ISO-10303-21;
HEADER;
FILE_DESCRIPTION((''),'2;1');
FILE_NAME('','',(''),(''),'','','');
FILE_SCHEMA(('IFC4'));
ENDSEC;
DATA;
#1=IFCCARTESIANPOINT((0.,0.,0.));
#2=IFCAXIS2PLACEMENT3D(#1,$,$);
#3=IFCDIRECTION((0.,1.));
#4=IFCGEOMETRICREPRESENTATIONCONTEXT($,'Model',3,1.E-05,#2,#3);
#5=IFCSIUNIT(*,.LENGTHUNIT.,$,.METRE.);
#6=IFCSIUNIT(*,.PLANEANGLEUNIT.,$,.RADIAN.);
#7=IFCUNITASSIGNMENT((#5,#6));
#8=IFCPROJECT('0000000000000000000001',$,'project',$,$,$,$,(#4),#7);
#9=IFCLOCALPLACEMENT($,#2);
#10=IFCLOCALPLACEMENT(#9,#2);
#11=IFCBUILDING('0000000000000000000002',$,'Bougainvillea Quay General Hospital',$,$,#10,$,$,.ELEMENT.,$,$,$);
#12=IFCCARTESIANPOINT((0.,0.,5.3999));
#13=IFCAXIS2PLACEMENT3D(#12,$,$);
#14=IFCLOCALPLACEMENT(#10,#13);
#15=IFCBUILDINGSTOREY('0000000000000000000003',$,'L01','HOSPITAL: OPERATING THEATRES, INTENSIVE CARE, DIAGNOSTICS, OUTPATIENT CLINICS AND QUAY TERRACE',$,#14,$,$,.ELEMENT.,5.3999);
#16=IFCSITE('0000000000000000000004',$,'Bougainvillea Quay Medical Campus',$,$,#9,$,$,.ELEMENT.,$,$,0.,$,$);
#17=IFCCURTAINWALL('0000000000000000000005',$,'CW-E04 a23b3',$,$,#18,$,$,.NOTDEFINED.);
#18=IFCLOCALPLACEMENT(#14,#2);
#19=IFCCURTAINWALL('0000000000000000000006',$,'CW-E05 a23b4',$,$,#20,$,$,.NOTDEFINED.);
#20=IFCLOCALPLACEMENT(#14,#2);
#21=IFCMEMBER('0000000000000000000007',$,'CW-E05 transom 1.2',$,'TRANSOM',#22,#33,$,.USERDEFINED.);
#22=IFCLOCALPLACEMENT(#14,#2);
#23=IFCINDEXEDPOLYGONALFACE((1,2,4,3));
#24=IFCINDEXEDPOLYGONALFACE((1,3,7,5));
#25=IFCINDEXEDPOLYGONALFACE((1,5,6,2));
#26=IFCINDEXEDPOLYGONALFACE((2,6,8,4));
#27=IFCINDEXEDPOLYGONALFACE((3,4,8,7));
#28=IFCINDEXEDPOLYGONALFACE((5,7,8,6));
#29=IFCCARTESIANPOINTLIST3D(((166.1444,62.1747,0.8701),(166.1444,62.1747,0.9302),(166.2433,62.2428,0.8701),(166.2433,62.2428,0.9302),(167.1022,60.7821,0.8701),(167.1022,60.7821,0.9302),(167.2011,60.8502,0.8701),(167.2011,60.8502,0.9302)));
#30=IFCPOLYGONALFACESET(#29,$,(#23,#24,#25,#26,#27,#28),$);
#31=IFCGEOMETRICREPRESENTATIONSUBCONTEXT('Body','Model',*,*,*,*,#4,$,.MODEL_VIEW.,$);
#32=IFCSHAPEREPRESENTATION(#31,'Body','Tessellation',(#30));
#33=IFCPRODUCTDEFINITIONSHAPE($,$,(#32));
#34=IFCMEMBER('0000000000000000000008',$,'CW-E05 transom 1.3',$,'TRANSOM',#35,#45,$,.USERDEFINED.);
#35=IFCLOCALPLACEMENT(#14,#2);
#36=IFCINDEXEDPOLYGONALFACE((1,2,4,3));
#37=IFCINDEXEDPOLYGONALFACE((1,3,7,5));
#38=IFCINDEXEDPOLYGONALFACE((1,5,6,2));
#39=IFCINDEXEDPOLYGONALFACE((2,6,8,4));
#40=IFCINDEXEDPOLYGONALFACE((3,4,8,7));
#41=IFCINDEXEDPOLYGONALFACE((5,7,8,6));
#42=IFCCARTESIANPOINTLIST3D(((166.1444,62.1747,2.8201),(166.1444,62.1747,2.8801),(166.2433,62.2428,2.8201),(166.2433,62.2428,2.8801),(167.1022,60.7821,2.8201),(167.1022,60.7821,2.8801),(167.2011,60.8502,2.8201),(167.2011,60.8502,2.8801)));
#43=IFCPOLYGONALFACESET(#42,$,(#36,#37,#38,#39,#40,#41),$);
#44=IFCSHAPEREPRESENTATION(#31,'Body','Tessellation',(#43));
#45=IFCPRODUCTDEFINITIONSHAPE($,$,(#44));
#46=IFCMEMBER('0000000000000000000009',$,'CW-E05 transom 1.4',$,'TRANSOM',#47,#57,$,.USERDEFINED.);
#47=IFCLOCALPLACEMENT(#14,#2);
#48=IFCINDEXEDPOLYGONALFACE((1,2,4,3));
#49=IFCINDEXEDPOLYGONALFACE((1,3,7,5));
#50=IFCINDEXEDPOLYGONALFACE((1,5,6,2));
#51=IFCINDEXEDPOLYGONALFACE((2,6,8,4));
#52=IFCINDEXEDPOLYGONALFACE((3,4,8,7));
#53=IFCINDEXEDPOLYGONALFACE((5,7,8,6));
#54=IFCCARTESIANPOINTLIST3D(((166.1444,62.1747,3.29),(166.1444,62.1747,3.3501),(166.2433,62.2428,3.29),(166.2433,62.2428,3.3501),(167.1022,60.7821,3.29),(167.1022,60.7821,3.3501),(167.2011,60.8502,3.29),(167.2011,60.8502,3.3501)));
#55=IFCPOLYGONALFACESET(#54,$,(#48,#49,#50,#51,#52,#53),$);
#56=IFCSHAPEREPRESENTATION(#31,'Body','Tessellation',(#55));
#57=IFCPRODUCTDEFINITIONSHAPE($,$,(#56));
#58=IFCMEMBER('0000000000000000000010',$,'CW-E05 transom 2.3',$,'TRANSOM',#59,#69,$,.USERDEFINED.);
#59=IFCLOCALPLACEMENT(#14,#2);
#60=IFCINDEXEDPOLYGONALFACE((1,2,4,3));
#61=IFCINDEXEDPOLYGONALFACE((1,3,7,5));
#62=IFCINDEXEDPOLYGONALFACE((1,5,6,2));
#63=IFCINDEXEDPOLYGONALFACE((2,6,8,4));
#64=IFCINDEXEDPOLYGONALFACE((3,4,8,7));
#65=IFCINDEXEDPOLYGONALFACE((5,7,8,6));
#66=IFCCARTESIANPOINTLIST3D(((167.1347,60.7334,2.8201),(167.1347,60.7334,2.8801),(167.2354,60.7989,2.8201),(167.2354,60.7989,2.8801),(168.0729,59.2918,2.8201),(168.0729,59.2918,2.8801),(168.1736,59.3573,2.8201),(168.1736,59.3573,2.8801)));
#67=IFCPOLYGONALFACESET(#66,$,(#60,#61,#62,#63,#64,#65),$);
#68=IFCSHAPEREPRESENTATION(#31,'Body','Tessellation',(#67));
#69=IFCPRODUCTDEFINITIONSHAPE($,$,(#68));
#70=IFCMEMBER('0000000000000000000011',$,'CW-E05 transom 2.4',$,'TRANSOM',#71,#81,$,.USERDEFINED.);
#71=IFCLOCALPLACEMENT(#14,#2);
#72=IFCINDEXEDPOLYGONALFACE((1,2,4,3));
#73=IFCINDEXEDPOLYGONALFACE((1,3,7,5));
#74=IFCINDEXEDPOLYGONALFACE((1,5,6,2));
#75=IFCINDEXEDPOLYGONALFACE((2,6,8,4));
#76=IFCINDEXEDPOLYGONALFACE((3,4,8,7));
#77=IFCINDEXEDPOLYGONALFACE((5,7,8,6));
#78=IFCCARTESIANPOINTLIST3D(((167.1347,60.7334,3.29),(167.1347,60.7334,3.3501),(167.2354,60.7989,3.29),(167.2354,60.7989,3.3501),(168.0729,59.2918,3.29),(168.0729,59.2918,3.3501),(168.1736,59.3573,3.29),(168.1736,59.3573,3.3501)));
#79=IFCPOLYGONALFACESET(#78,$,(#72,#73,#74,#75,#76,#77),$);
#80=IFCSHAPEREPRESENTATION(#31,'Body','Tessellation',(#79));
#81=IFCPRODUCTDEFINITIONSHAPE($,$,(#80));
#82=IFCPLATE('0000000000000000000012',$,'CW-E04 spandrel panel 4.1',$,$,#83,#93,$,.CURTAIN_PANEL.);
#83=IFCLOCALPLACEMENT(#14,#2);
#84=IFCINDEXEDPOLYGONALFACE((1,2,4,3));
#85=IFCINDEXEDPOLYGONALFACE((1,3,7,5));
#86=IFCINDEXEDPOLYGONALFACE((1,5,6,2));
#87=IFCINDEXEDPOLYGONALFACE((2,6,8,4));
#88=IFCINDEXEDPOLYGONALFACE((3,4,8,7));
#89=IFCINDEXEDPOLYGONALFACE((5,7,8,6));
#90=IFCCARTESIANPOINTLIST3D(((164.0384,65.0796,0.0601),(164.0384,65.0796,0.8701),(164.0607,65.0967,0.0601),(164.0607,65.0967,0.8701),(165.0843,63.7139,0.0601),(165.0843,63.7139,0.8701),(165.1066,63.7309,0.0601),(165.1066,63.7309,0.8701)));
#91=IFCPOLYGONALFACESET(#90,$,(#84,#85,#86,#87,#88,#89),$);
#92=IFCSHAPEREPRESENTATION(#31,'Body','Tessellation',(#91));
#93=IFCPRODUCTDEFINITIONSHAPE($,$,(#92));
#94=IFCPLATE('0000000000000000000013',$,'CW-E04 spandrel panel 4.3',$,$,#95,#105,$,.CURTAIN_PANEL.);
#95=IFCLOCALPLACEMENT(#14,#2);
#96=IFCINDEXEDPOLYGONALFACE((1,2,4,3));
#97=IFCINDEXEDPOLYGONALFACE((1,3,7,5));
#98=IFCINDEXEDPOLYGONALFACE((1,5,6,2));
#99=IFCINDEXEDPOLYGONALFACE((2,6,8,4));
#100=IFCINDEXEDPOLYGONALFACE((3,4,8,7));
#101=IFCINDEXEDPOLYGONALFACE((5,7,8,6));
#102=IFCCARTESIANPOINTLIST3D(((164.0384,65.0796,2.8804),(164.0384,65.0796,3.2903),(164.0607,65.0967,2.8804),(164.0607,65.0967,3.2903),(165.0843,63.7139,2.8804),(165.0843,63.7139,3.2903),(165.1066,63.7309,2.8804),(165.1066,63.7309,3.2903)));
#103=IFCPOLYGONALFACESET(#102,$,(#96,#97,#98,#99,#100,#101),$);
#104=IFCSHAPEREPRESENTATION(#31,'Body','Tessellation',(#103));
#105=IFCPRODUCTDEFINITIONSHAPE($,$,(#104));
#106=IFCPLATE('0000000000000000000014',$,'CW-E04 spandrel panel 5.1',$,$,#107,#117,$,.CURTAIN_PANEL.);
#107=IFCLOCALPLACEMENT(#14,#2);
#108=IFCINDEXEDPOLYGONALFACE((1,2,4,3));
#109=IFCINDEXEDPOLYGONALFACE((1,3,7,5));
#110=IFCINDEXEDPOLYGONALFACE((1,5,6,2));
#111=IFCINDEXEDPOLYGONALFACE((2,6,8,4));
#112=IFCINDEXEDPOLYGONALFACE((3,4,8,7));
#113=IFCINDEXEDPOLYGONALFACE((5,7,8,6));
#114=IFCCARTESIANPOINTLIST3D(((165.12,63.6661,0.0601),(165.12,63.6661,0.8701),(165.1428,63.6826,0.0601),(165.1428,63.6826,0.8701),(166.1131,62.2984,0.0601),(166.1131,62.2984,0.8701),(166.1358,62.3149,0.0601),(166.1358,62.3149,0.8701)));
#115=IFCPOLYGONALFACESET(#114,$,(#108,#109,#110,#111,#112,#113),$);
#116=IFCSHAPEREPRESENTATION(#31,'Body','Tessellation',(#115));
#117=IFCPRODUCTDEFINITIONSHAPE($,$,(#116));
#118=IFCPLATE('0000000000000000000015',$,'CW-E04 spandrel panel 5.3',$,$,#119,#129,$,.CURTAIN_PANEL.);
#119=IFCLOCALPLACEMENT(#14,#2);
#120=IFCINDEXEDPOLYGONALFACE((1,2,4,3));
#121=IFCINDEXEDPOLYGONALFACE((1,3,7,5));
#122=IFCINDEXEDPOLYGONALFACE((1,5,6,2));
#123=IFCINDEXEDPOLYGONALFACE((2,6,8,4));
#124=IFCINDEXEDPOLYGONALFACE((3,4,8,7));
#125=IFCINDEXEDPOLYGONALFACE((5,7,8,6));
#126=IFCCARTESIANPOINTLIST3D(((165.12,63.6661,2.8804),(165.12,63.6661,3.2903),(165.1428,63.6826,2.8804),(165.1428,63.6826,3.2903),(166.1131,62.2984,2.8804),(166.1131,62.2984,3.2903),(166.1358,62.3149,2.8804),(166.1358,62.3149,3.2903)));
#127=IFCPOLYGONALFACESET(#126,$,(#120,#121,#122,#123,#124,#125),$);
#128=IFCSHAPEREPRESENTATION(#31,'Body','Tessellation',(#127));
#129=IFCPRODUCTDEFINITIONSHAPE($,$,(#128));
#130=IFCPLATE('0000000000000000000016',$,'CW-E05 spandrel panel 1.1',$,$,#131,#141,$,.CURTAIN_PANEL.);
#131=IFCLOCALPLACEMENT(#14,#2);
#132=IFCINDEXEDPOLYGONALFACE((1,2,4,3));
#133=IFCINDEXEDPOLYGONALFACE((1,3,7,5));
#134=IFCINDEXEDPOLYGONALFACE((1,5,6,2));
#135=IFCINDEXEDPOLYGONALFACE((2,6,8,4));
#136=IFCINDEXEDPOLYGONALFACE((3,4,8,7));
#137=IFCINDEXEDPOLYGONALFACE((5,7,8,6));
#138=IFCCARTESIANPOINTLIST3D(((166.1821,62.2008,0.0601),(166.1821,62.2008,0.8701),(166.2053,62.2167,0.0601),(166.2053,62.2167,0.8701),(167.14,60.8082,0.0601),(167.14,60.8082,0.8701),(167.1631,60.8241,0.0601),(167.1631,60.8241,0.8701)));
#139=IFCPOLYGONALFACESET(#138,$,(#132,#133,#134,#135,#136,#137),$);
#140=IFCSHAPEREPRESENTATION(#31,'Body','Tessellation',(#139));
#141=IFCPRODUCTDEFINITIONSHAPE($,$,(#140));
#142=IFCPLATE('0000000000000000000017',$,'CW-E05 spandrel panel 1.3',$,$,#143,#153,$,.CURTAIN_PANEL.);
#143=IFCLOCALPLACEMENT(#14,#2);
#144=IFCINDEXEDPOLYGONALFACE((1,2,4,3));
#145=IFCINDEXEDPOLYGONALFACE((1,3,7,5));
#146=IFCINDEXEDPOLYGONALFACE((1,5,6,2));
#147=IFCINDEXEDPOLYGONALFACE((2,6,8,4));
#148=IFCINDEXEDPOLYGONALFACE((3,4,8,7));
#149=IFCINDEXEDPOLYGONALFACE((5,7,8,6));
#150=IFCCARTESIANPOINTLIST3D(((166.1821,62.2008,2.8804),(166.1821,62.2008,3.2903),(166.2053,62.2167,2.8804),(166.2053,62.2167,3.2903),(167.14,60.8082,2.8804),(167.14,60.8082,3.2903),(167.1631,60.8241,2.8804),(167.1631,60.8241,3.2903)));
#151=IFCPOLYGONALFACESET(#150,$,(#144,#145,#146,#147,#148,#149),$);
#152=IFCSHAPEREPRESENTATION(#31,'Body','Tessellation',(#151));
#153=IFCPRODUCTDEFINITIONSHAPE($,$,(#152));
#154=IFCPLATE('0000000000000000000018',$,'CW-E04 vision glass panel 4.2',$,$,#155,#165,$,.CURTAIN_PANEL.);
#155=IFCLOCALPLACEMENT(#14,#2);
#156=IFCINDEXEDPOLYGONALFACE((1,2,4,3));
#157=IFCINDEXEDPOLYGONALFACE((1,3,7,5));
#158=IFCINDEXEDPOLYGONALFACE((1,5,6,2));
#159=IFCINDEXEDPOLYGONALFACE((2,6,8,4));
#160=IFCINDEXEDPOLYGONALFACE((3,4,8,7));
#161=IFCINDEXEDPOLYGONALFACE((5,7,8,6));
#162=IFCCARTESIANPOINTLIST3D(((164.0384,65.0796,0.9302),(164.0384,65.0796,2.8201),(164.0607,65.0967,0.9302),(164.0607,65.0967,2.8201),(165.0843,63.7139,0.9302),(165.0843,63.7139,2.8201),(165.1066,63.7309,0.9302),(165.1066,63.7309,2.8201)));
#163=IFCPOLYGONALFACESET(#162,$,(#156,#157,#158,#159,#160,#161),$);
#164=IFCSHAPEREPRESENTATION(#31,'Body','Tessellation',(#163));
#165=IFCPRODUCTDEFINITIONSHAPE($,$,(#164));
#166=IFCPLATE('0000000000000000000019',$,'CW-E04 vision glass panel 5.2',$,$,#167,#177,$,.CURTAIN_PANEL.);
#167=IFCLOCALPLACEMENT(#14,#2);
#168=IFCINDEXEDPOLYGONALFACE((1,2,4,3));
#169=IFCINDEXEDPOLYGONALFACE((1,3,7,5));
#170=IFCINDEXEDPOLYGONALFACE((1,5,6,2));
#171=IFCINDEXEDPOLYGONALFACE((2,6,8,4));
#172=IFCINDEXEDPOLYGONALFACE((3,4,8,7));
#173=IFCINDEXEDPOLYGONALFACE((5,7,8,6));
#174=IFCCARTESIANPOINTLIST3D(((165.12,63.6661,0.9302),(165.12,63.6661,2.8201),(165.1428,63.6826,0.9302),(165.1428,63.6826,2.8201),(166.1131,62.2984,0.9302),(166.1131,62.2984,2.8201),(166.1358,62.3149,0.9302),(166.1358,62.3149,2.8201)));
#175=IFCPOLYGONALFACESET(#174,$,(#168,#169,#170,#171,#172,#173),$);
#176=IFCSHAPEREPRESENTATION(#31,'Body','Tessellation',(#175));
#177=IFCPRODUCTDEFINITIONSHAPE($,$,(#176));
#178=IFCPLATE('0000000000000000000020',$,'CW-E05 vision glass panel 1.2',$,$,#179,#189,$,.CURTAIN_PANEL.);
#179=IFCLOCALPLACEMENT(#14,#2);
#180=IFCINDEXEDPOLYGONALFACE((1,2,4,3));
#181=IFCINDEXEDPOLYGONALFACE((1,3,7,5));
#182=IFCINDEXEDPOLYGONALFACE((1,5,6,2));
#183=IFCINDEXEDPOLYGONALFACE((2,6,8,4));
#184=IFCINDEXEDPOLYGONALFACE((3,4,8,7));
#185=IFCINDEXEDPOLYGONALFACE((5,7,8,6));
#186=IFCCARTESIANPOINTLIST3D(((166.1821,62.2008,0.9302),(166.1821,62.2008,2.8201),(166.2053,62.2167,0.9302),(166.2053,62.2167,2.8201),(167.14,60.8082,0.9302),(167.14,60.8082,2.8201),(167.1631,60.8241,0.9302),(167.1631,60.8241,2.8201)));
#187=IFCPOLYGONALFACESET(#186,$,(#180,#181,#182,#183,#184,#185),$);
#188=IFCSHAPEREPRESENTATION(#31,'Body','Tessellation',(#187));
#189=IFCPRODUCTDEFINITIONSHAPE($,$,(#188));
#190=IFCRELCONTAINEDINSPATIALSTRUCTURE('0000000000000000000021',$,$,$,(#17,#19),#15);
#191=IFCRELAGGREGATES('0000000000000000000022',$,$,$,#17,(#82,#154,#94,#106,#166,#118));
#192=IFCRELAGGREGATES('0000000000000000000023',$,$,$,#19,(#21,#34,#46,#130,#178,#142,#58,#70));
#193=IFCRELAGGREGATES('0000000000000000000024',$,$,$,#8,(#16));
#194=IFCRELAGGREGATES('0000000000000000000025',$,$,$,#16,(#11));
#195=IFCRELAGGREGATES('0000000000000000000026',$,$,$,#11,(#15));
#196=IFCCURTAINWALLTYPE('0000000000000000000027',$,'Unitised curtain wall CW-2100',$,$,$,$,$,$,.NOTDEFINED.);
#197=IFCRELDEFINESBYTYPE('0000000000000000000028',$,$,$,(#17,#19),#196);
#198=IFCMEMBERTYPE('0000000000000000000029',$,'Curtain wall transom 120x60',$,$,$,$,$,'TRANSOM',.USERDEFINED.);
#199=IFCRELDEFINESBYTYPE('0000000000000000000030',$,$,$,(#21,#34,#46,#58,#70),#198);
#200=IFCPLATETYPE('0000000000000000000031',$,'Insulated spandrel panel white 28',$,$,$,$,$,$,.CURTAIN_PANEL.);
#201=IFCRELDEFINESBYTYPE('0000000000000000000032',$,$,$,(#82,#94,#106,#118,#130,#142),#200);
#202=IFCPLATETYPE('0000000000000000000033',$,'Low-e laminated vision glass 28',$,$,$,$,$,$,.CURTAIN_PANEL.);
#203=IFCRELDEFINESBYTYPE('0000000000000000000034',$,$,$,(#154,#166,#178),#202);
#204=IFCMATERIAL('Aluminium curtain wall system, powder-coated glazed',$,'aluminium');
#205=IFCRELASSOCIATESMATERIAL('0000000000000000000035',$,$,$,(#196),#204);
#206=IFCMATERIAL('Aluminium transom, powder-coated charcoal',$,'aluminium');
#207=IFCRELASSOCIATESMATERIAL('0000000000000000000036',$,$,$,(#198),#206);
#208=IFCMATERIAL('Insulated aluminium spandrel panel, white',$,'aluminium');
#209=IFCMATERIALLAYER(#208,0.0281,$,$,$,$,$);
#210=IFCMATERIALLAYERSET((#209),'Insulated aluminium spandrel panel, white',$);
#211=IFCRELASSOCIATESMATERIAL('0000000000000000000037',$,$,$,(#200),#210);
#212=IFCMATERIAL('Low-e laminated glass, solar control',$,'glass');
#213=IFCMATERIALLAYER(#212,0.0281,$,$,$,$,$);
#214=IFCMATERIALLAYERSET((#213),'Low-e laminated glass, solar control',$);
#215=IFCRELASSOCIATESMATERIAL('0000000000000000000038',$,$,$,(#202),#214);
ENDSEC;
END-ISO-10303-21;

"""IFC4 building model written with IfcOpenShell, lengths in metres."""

from ifc_helpers import new_model, si_unit, direction, frame, origin, origin_2d, place, context, subcontext, project, spatial, rectangle, extrude, material, layer, layer_set, material_profile, profile_set, type_object, element, aggregate, save


model = new_model("IFC4")

# Units and contexts
model_context = context("Model", 3, precision=1e-05, world=origin(), true_north=direction((0.0, 1.0)))
body_context = subcontext(model_context, "Body", "Model", "MODEL_VIEW")
ifc_project = project(units=[si_unit("LENGTHUNIT", "METRE"), si_unit("PLANEANGLEUNIT", "RADIAN")], contexts=[model_context])

# Site, building, storey
site_placement = place(None, origin())
site = spatial("IfcSite", under=ifc_project, at=site_placement, Name="Bougainvillea Quay Medical Campus", CompositionType="ELEMENT", RefElevation=0.0)
building_placement = place(site_placement, origin())
building = spatial("IfcBuilding", under=site, at=building_placement, Name="Bougainvillea Quay General Hospital", CompositionType="ELEMENT")
storey_placement = place(building_placement, frame((0.0, 0.0, 5.3999)))
storey = spatial("IfcBuildingStorey", under=building, at=storey_placement, Name="L01", Description="HOSPITAL: OPERATING THEATRES, INTENSIVE CARE, DIAGNOSTICS, OUTPATIENT CLINICS AND QUAY TERRACE", CompositionType="ELEMENT", Elevation=5.3999)

# Curtain walls
ifc_material_1 = material(Name="Aluminium curtain wall system, powder-coated glazed", Category="aluminium")
curtain_wall_type = type_object("IfcCurtainWallType", Name="Unitised curtain wall CW-2100", PredefinedType="NOTDEFINED", material=ifc_material_1)
curtain_wall_1_placement = place(storey_placement, origin())
curtain_wall_1 = element("IfcCurtainWall", 1, at=curtain_wall_1_placement, inside=storey, type_object=curtain_wall_type, Name="CW-E04 a23b3", PredefinedType="NOTDEFINED")
curtain_wall_2_placement = place(storey_placement, origin())
curtain_wall_2 = element("IfcCurtainWall", 2, at=curtain_wall_2_placement, inside=storey, type_object=curtain_wall_type, Name="CW-E05 a23b4", PredefinedType="NOTDEFINED")

# Members
ifc_material_2 = material(Name="Aluminium transom, powder-coated charcoal", Category="aluminium")
ifc_material_profile_1 = material_profile(ifc_material_2, rectangle(XDim=0.1201, YDim=0.0601, at=origin_2d()))
ifc_profile_set_1 = profile_set([ifc_material_profile_1], Name="Aluminium transom, powder-coated charcoal")
member_type_1 = type_object("IfcMemberType", Name="Curtain wall transom 120x60", ElementType="TRANSOM", PredefinedType="USERDEFINED", material=ifc_profile_set_1)
member_1_placement = place(storey_placement, frame((166.1938, 62.2087, 0.9001), z_axis=(0.566676, -0.823941, 0.0), x_axis=(0.823941, 0.566676, 0.0)))
member_1 = element("IfcMember", 3, at=member_1_placement, type_object=member_type_1, Name="CW-E05 transom 1.2", ObjectType="TRANSOM", PredefinedType="USERDEFINED", context=body_context, shape_type="SweptSolid", body=[
    extrude(rectangle(XDim=0.1201, YDim=0.0601, at=origin_2d()), origin(), (0.0, 0.0, 1.0), 1.6902),
])
member_2_placement = place(storey_placement, frame((166.1938, 62.2087, 2.8501), z_axis=(0.566676, -0.823941, 0.0), x_axis=(0.823941, 0.566676, 0.0)))
member_2 = element("IfcMember", 4, at=member_2_placement, type_object=member_type_1, Name="CW-E05 transom 1.3", ObjectType="TRANSOM", PredefinedType="USERDEFINED", context=body_context, shape_type="SweptSolid", body=[
    extrude(rectangle(XDim=0.1201, YDim=0.0601, at=origin_2d()), origin(), (0.0, 0.0, 1.0), 1.6902),
])
member_3_placement = place(storey_placement, frame((166.1938, 62.2087, 3.3201), z_axis=(0.566676, -0.823941, 0.0), x_axis=(0.823941, 0.566676, 0.0)))
member_3 = element("IfcMember", 5, at=member_3_placement, type_object=member_type_1, Name="CW-E05 transom 1.4", ObjectType="TRANSOM", PredefinedType="USERDEFINED", context=body_context, shape_type="SweptSolid", body=[
    extrude(rectangle(XDim=0.1201, YDim=0.0601, at=origin_2d()), origin(), (0.0, 0.0, 1.0), 1.6902),
])
member_4_placement = place(storey_placement, frame((167.1851, 60.7661, 2.8501), z_axis=(0.545462, -0.838135, 0.0), x_axis=(0.838135, 0.545462, 0.0)))
member_4 = element("IfcMember", 6, at=member_4_placement, type_object=member_type_1, Name="CW-E05 transom 2.3", ObjectType="TRANSOM", PredefinedType="USERDEFINED", context=body_context, shape_type="SweptSolid", body=[
    extrude(rectangle(XDim=0.1201, YDim=0.0601, at=origin_2d()), origin(), (0.0, 0.0, 1.0), 1.72),
])
member_5_placement = place(storey_placement, frame((167.1851, 60.7661, 3.3201), z_axis=(0.545462, -0.838135, 0.0), x_axis=(0.838135, 0.545462, 0.0)))
member_5 = element("IfcMember", 7, at=member_5_placement, type_object=member_type_1, Name="CW-E05 transom 2.4", ObjectType="TRANSOM", PredefinedType="USERDEFINED", context=body_context, shape_type="SweptSolid", body=[
    extrude(rectangle(XDim=0.1201, YDim=0.0601, at=origin_2d()), origin(), (0.0, 0.0, 1.0), 1.72),
])

# Plates
ifc_material_3 = material(Name="Insulated aluminium spandrel panel, white", Category="aluminium")
ifc_layer_1 = layer(ifc_material_3, 0.0281)
ifc_layer_set_1 = layer_set([ifc_layer_1], Name="Insulated aluminium spandrel panel, white")
plate_type_1 = type_object("IfcPlateType", Name="Insulated spandrel panel white 28", PredefinedType="CURTAIN_PANEL", material=ifc_layer_set_1)
plate_1_placement = place(storey_placement, frame((164.5725, 64.4053, 0.0601), z_axis=(0.0, 0.0, 1.0), x_axis=(0.608008, -0.793931, 0.0)))
plate_1 = element("IfcPlate", 8, at=plate_1_placement, type_object=plate_type_1, Name="CW-E04 spandrel panel 4.1", PredefinedType="CURTAIN_PANEL", context=body_context, shape_type="SweptSolid", body=[
    extrude(rectangle(XDim=1.7202, YDim=0.0281, at=origin_2d()), origin(), (0.0, 0.0, 1.0), 0.8101),
])
plate_2_placement = place(storey_placement, frame((164.5725, 64.4053, 2.8804), z_axis=(0.0, 0.0, 1.0), x_axis=(0.608008, -0.793931, 0.0)))
plate_2 = element("IfcPlate", 9, at=plate_2_placement, type_object=plate_type_1, Name="CW-E04 spandrel panel 4.3", PredefinedType="CURTAIN_PANEL", context=body_context, shape_type="SweptSolid", body=[
    extrude(rectangle(XDim=1.7202, YDim=0.0281, at=origin_2d()), origin(), (0.0, 0.0, 1.0), 0.4099),
])
plate_3_placement = place(storey_placement, frame((165.6279, 62.9905, 0.0601), z_axis=(0.0, 0.0, 1.0), x_axis=(0.587548, -0.809189, 0.0)))
plate_3 = element("IfcPlate", 10, at=plate_3_placement, type_object=plate_type_1, Name="CW-E04 spandrel panel 5.1", PredefinedType="CURTAIN_PANEL", context=body_context, shape_type="SweptSolid", body=[
    extrude(rectangle(XDim=1.6902, YDim=0.0281, at=origin_2d()), origin(), (0.0, 0.0, 1.0), 0.8101),
])
plate_4_placement = place(storey_placement, frame((165.6279, 62.9905, 2.8804), z_axis=(0.0, 0.0, 1.0), x_axis=(0.587548, -0.809189, 0.0)))
plate_4 = element("IfcPlate", 11, at=plate_4_placement, type_object=plate_type_1, Name="CW-E04 spandrel panel 5.3", PredefinedType="CURTAIN_PANEL", context=body_context, shape_type="SweptSolid", body=[
    extrude(rectangle(XDim=1.6902, YDim=0.0281, at=origin_2d()), origin(), (0.0, 0.0, 1.0), 0.4099),
])
plate_5_placement = place(storey_placement, frame((166.6726, 61.5125, 0.0601), z_axis=(0.0, 0.0, 1.0), x_axis=(0.566705, -0.823921, 0.0)))
plate_5 = element("IfcPlate", 12, at=plate_5_placement, type_object=plate_type_1, Name="CW-E05 spandrel panel 1.1", PredefinedType="CURTAIN_PANEL", context=body_context, shape_type="SweptSolid", body=[
    extrude(rectangle(XDim=1.6902, YDim=0.0281, at=origin_2d()), origin(), (0.0, 0.0, 1.0), 0.8101),
])
plate_6_placement = place(storey_placement, frame((166.6726, 61.5125, 2.8804), z_axis=(0.0, 0.0, 1.0), x_axis=(0.566705, -0.823921, 0.0)))
plate_6 = element("IfcPlate", 13, at=plate_6_placement, type_object=plate_type_1, Name="CW-E05 spandrel panel 1.3", PredefinedType="CURTAIN_PANEL", context=body_context, shape_type="SweptSolid", body=[
    extrude(rectangle(XDim=1.6902, YDim=0.0281, at=origin_2d()), origin(), (0.0, 0.0, 1.0), 0.4099),
])
ifc_material_4 = material(Name="Low-e laminated glass, solar control", Category="glass")
ifc_layer_2 = layer(ifc_material_4, 0.0281)
ifc_layer_set_2 = layer_set([ifc_layer_2], Name="Low-e laminated glass, solar control")
plate_type_2 = type_object("IfcPlateType", Name="Low-e laminated vision glass 28", PredefinedType="CURTAIN_PANEL", material=ifc_layer_set_2)
plate_7_placement = place(storey_placement, frame((164.5725, 64.4053, 0.9302), z_axis=(0.0, 0.0, 1.0), x_axis=(0.608008, -0.793931, 0.0)))
plate_7 = element("IfcPlate", 14, at=plate_7_placement, type_object=plate_type_2, Name="CW-E04 vision glass panel 4.2", PredefinedType="CURTAIN_PANEL", context=body_context, shape_type="SweptSolid", body=[
    extrude(rectangle(XDim=1.7202, YDim=0.0281, at=origin_2d()), origin(), (0.0, 0.0, 1.0), 1.8899),
])
plate_8_placement = place(storey_placement, frame((165.6279, 62.9905, 0.9302), z_axis=(0.0, 0.0, 1.0), x_axis=(0.587548, -0.809189, 0.0)))
plate_8 = element("IfcPlate", 15, at=plate_8_placement, type_object=plate_type_2, Name="CW-E04 vision glass panel 5.2", PredefinedType="CURTAIN_PANEL", context=body_context, shape_type="SweptSolid", body=[
    extrude(rectangle(XDim=1.6902, YDim=0.0281, at=origin_2d()), origin(), (0.0, 0.0, 1.0), 1.8899),
])
aggregate(curtain_wall_1, [plate_1, plate_7, plate_2, plate_3, plate_8, plate_4])
plate_9_placement = place(storey_placement, frame((166.6726, 61.5125, 0.9302), z_axis=(0.0, 0.0, 1.0), x_axis=(0.566705, -0.823921, 0.0)))
plate_9 = element("IfcPlate", 16, at=plate_9_placement, type_object=plate_type_2, Name="CW-E05 vision glass panel 1.2", PredefinedType="CURTAIN_PANEL", context=body_context, shape_type="SweptSolid", body=[
    extrude(rectangle(XDim=1.6902, YDim=0.0281, at=origin_2d()), origin(), (0.0, 0.0, 1.0), 1.8899),
])
aggregate(curtain_wall_2, [member_1, member_2, member_3, plate_5, plate_9, plate_6, member_4, member_5])

save(model, "model.ifc")
